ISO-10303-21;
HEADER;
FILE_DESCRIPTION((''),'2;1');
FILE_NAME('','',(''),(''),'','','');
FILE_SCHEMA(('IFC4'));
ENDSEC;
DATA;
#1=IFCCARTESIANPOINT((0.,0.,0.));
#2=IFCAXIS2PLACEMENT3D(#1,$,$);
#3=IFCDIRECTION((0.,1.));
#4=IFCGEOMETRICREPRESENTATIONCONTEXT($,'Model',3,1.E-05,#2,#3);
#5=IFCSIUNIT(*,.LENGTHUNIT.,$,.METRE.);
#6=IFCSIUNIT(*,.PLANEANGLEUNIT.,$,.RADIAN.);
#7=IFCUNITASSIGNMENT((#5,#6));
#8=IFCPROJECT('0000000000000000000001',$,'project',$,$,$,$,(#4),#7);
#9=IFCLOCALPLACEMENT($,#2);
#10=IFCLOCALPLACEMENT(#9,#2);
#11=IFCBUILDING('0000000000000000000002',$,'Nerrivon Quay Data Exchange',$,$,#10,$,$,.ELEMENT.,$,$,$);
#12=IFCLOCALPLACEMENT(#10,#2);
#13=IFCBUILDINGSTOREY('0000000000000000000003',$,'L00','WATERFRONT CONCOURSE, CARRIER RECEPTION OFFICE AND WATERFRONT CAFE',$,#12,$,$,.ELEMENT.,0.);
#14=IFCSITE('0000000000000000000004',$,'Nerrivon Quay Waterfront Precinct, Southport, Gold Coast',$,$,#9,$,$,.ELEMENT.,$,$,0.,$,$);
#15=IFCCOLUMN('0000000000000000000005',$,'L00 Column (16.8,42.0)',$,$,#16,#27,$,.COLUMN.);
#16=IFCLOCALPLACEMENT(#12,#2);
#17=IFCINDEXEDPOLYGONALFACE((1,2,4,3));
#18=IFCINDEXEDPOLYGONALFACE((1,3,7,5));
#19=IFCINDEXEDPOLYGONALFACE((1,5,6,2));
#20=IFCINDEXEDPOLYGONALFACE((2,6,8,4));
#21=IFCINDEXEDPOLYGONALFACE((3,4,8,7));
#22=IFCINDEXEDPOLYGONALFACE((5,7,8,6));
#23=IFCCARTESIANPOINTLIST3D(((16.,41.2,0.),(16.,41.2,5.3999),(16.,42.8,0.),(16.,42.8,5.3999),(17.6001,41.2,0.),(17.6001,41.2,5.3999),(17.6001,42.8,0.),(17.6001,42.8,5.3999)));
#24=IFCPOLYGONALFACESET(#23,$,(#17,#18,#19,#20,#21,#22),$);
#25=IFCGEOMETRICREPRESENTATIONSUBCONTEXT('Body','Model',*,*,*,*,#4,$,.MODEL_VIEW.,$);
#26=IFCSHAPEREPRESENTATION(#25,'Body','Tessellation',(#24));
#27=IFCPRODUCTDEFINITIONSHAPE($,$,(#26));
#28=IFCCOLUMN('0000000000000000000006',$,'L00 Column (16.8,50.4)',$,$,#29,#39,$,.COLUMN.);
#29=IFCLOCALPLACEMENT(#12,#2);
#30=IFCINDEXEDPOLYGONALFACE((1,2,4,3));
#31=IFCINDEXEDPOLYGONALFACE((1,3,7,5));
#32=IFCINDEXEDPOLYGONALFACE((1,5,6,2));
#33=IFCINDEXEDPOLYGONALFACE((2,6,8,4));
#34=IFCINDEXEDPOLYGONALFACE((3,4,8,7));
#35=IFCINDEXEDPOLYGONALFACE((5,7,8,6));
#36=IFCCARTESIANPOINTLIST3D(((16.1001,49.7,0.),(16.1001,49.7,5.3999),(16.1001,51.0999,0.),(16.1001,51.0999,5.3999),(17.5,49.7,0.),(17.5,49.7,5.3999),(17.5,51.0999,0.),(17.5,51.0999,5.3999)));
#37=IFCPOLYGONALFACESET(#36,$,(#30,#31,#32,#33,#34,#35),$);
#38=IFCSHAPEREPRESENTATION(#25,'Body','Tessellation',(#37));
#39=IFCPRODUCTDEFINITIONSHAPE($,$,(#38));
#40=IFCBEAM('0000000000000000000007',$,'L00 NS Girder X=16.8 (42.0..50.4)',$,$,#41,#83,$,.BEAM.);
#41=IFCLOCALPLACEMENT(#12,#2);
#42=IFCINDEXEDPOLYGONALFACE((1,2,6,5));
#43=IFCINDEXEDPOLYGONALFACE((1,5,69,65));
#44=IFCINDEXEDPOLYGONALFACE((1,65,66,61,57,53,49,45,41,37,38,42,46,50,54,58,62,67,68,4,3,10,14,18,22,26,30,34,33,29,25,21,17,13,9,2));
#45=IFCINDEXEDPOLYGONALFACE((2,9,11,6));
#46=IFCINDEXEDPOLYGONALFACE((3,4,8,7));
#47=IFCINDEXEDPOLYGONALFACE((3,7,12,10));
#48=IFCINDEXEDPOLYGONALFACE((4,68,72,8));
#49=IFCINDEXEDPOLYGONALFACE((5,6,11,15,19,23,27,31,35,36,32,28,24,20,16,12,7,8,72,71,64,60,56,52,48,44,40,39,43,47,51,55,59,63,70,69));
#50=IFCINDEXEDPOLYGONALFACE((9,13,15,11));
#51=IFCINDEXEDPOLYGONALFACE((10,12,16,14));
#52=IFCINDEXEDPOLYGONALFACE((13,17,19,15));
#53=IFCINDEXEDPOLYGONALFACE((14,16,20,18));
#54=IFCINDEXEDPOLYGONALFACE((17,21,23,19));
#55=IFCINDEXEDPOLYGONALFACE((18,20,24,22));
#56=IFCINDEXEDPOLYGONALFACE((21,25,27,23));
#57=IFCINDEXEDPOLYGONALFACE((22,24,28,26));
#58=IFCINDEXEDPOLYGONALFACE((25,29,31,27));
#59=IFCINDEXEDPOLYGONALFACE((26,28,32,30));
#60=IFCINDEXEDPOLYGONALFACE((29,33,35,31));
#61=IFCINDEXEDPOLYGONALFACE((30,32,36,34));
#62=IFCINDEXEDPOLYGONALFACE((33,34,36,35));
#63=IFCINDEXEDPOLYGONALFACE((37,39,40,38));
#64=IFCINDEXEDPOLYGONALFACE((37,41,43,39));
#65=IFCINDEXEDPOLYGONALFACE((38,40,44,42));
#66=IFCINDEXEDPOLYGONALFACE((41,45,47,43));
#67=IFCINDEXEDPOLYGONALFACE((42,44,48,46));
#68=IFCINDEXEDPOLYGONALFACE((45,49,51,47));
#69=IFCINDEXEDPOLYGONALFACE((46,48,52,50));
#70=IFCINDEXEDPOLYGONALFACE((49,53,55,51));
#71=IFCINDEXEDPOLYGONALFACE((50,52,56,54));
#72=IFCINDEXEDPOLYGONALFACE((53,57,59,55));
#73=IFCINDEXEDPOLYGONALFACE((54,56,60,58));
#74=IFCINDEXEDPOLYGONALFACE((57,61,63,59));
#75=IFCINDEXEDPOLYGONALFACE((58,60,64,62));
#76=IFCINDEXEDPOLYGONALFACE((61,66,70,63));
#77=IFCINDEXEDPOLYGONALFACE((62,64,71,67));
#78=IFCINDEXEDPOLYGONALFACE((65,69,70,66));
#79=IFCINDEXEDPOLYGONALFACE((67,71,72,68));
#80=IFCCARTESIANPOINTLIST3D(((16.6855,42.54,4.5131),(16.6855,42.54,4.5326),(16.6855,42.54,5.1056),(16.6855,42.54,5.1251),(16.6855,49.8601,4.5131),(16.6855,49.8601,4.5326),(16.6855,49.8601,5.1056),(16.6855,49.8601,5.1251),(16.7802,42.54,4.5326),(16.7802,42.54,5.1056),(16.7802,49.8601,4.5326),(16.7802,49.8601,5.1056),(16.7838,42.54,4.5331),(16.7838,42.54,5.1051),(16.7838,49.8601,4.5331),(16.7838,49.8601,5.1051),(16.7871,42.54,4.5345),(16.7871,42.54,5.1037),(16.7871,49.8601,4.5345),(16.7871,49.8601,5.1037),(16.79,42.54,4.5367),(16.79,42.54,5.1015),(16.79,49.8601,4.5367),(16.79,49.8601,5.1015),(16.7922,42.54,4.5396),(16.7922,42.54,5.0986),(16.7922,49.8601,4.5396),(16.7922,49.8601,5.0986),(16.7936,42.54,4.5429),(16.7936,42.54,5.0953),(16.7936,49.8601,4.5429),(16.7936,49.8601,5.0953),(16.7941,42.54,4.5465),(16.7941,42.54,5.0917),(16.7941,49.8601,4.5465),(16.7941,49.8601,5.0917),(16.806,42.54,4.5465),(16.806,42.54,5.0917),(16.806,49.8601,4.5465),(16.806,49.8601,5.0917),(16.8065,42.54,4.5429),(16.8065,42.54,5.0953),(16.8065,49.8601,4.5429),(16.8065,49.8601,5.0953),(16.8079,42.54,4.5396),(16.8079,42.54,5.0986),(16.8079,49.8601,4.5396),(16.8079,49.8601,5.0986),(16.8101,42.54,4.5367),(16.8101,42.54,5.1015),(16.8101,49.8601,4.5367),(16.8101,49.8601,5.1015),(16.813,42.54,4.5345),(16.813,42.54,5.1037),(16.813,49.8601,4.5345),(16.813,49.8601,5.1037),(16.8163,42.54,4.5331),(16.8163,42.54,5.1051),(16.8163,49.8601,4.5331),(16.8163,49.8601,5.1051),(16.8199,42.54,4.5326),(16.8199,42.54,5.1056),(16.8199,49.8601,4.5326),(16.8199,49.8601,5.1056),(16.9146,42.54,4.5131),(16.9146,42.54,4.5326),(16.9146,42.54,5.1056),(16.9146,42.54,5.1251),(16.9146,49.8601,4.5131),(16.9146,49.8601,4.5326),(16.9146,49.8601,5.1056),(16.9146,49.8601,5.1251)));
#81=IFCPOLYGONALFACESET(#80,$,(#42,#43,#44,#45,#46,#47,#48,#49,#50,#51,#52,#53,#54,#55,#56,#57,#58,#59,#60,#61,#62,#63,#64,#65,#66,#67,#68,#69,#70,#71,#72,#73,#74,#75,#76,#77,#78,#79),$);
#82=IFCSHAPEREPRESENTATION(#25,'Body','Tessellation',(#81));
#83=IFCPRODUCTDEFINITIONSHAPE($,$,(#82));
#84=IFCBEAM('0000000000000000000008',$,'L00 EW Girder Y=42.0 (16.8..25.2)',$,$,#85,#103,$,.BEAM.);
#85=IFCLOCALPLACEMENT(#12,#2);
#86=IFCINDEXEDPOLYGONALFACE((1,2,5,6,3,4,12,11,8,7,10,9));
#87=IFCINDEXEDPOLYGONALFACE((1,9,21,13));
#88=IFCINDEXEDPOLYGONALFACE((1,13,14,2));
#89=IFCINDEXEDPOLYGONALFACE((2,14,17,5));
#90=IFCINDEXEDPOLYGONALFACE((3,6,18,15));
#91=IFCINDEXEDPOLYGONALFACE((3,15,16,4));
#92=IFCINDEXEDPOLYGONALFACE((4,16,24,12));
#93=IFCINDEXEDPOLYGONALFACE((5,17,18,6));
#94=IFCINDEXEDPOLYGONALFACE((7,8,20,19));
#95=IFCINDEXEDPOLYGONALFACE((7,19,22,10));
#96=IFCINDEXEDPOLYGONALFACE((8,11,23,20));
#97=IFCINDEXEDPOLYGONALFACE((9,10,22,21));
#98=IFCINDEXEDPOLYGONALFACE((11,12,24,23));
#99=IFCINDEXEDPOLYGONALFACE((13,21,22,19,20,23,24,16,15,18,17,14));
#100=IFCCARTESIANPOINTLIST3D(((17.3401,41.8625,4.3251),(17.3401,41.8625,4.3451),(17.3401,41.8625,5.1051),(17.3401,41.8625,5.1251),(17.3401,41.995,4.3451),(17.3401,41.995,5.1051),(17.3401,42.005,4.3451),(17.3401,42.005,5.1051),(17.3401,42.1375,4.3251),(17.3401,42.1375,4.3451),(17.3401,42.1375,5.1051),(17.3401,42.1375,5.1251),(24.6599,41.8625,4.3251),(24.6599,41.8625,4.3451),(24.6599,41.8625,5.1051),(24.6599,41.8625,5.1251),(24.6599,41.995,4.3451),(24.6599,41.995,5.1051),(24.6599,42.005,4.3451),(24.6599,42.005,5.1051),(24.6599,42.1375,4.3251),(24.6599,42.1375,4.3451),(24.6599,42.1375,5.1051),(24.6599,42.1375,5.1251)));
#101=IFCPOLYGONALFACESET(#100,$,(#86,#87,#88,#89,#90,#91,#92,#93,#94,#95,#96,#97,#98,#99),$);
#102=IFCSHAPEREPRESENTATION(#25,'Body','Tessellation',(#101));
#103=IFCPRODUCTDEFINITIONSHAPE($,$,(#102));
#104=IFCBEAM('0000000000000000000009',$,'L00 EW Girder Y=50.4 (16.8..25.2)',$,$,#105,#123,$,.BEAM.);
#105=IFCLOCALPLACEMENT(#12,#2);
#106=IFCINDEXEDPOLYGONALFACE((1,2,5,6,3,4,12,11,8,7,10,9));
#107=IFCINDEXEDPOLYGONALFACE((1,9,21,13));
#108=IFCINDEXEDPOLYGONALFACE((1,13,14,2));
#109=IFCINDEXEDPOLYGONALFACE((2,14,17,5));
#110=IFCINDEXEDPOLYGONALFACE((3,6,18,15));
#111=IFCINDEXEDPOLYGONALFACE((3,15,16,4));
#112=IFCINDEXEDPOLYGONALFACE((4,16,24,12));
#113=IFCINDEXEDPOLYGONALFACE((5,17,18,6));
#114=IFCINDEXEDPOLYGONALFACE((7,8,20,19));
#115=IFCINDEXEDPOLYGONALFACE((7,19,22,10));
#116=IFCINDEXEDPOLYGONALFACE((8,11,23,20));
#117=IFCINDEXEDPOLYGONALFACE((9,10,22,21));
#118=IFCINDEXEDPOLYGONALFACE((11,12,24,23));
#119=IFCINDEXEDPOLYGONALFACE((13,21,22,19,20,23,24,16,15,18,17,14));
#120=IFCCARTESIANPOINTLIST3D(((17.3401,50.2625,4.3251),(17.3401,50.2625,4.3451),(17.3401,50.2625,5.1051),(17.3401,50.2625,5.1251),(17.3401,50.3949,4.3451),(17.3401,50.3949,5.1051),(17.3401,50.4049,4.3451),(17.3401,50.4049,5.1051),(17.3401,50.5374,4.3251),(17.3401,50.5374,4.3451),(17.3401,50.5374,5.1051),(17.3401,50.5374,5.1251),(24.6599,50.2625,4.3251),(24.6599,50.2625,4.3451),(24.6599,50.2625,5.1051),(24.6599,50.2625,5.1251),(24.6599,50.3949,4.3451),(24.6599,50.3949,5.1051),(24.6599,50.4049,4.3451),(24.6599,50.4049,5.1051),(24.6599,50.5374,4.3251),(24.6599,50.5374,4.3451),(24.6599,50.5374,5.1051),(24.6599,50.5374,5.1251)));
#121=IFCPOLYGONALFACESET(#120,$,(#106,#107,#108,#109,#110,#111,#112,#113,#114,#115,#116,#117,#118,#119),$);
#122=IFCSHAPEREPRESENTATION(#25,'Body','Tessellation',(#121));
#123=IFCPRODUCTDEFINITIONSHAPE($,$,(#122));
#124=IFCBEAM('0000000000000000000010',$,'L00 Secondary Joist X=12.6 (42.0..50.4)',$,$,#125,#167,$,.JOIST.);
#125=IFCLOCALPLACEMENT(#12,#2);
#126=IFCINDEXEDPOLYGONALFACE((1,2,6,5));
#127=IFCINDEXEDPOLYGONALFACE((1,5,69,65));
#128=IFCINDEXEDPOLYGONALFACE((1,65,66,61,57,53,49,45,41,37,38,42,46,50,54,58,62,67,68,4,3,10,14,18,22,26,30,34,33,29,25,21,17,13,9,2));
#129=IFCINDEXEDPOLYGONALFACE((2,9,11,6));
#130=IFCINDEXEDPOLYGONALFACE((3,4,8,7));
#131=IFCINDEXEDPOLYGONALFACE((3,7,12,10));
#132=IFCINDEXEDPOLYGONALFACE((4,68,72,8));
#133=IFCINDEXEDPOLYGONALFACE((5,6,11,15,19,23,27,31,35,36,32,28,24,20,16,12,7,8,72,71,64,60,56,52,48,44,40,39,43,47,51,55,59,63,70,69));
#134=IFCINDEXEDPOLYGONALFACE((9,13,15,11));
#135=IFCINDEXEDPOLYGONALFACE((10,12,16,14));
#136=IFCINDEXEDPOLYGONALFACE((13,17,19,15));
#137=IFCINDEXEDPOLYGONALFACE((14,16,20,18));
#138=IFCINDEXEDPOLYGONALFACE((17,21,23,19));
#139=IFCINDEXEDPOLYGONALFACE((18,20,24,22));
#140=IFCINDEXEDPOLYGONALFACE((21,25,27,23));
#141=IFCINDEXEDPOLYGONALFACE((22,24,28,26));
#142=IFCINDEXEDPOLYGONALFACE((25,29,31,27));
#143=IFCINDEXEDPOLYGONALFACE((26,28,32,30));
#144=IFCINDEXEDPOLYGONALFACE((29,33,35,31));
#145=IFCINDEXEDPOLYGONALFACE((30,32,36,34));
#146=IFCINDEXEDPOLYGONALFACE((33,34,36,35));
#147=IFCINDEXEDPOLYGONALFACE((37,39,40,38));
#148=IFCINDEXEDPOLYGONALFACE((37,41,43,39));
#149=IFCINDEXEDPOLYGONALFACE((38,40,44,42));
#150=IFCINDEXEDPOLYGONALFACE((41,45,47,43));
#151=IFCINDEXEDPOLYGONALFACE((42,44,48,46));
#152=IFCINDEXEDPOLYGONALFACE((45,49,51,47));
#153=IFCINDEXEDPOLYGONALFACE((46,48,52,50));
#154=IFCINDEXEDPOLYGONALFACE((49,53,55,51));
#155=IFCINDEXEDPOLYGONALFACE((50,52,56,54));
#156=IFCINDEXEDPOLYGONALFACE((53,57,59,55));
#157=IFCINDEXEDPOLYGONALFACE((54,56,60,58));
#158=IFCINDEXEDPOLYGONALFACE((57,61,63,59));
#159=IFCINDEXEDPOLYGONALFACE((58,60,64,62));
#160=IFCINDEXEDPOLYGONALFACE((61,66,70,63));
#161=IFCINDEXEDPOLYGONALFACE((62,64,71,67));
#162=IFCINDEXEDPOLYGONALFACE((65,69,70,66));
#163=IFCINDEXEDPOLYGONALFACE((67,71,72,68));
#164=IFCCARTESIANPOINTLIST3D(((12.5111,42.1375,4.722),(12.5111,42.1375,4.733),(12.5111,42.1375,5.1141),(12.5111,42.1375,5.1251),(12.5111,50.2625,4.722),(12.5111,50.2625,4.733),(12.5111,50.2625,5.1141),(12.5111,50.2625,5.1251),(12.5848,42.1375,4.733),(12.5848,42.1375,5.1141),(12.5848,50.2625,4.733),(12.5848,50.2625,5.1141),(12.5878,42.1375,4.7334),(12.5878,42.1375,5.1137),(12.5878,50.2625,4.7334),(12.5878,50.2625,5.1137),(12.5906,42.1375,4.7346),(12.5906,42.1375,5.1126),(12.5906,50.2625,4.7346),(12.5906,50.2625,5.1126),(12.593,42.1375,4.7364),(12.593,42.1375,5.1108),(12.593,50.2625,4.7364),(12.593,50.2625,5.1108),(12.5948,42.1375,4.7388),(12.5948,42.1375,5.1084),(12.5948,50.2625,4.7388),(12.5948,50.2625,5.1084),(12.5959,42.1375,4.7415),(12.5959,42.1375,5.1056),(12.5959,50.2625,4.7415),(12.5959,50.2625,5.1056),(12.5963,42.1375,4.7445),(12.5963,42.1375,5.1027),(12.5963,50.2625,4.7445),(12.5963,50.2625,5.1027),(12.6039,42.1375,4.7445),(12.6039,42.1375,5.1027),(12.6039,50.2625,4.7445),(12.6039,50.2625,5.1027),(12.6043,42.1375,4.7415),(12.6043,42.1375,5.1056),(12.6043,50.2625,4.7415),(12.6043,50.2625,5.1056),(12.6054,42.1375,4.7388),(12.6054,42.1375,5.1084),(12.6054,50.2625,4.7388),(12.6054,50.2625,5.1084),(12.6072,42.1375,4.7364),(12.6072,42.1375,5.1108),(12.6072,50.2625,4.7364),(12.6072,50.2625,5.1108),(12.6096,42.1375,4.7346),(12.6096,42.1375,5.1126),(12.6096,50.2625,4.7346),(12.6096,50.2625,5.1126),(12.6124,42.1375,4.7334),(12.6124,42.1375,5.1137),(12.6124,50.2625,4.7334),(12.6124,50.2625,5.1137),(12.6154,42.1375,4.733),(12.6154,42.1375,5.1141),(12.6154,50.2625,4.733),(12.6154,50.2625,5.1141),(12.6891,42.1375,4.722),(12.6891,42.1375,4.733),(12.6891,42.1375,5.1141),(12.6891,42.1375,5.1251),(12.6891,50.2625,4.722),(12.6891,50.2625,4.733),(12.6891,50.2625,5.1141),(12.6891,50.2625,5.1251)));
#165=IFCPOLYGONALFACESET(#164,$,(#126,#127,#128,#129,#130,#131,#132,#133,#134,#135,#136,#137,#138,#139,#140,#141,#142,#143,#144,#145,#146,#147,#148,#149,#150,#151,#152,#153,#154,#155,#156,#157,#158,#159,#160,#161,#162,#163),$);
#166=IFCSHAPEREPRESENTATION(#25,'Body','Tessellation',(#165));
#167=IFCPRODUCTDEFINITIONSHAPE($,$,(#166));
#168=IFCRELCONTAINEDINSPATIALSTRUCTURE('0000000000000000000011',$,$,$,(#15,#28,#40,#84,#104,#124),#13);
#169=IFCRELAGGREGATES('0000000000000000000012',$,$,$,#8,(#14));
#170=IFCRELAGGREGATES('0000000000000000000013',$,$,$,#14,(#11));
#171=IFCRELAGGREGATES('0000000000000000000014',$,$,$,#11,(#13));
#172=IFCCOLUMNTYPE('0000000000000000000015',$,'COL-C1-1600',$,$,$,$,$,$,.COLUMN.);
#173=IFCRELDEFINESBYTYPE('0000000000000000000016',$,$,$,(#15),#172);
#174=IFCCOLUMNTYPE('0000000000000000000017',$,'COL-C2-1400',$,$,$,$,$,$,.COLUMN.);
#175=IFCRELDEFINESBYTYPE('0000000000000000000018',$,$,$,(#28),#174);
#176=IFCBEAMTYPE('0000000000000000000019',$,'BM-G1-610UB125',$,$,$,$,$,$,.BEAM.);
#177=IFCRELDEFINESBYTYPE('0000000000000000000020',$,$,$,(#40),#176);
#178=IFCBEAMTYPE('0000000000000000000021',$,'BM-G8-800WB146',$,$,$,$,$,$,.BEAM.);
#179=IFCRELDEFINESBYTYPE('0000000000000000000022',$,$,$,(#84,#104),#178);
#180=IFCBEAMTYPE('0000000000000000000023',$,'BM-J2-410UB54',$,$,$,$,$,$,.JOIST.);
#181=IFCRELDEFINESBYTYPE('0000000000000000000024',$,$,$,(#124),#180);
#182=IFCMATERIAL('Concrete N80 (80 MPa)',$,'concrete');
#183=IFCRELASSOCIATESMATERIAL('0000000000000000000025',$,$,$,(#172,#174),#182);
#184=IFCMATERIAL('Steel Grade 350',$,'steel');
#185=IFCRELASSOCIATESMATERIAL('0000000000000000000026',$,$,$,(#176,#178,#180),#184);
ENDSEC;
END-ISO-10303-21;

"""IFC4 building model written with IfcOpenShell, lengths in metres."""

from ifc_helpers import new_model, si_unit, direction, frame, origin, origin_2d, place, context, subcontext, project, spatial, rectangle, i_section, extrude, material, material_profile, profile_set, type_object, element, save


model = new_model("IFC4")

# Units and contexts
model_context = context("Model", 3, precision=1e-05, world=origin(), true_north=direction((0.0, 1.0)))
body_context = subcontext(model_context, "Body", "Model", "MODEL_VIEW")
ifc_project = project(units=[si_unit("LENGTHUNIT", "METRE"), si_unit("PLANEANGLEUNIT", "RADIAN")], contexts=[model_context])

# Site, building, storey
site_placement = place(None, origin())
site = spatial("IfcSite", under=ifc_project, at=site_placement, Name="Nerrivon Quay Waterfront Precinct, Southport, Gold Coast", CompositionType="ELEMENT", RefElevation=0.0)
building_placement = place(site_placement, origin())
building = spatial("IfcBuilding", under=site, at=building_placement, Name="Nerrivon Quay Data Exchange", CompositionType="ELEMENT")
storey_placement = place(building_placement, origin())
storey = spatial("IfcBuildingStorey", under=building, at=storey_placement, Name="L00", Description="WATERFRONT CONCOURSE, CARRIER RECEPTION OFFICE AND WATERFRONT CAFE", CompositionType="ELEMENT", Elevation=0.0)

# Columns
ifc_material_1 = material(Name="Concrete N80 (80 MPa)", Category="concrete")
ifc_material_profile_1 = material_profile(ifc_material_1, rectangle(XDim=1.6001, YDim=1.6001, at=origin_2d()), Name="RC-COL-1600x1600")
ifc_profile_set_1 = profile_set([ifc_material_profile_1], Name="Concrete N80 (80 MPa)")
column_type_1 = type_object("IfcColumnType", Name="COL-C1-1600", PredefinedType="COLUMN", material=ifc_profile_set_1)
column_1_placement = place(storey_placement, frame((16.8, 42.0, 0.0), z_axis=(0.0, 0.0, 1.0), x_axis=(1.0, 0.0, 0.0)))
element("IfcColumn", 1, at=column_1_placement, inside=storey, type_object=column_type_1, Name="L00 Column (16.8,42.0)", PredefinedType="COLUMN", context=body_context, shape_type="SweptSolid", body=[
    extrude(rectangle(XDim=1.6001, YDim=1.6001, at=origin_2d()), origin(), (0.0, 0.0, 1.0), 5.3999),
])
ifc_material_profile_2 = material_profile(ifc_material_1, rectangle(XDim=1.3999, YDim=1.3999, at=origin_2d()), Name="RC-COL-1400x1400")
ifc_profile_set_2 = profile_set([ifc_material_profile_2], Name="Concrete N80 (80 MPa)")
column_type_2 = type_object("IfcColumnType", Name="COL-C2-1400", PredefinedType="COLUMN", material=ifc_profile_set_2)
column_2_placement = place(storey_placement, frame((16.8, 50.3999, 0.0), z_axis=(0.0, 0.0, 1.0), x_axis=(1.0, 0.0, 0.0)))
element("IfcColumn", 2, at=column_2_placement, inside=storey, type_object=column_type_2, Name="L00 Column (16.8,50.4)", PredefinedType="COLUMN", context=body_context, shape_type="SweptSolid", body=[
    extrude(rectangle(XDim=1.3999, YDim=1.3999, at=origin_2d()), origin(), (0.0, 0.0, 1.0), 5.3999),
])

# Beams
ifc_material_2 = material(Name="Steel Grade 350", Category="steel")
ifc_material_profile_3 = material_profile(ifc_material_2, i_section(OverallWidth=0.229, OverallDepth=0.6121, WebThickness=0.012, FlangeThickness=0.0195, FilletRadius=0.0139, at=origin_2d()), Name="610UB125")
ifc_profile_set_3 = profile_set([ifc_material_profile_3], Name="Steel Grade 350")
beam_type_1 = type_object("IfcBeamType", Name="BM-G1-610UB125", PredefinedType="BEAM", material=ifc_profile_set_3)
beam_placement = place(storey_placement, frame((16.8, 42.54, 4.8191), z_axis=(0.0, 1.0, 0.0), x_axis=(-1.0, 0.0, 0.0)))
element("IfcBeam", 3, at=beam_placement, inside=storey, type_object=beam_type_1, Name="L00 NS Girder X=16.8 (42.0..50.4)", PredefinedType="BEAM", context=body_context, shape_type="SweptSolid", body=[
    extrude(i_section(OverallWidth=0.229, OverallDepth=0.6121, WebThickness=0.012, FlangeThickness=0.0195, FilletRadius=0.0139, at=origin_2d()), origin(), (0.0, 0.0, 1.0), 7.3201),
])
ifc_material_profile_4 = material_profile(ifc_material_2, i_section(OverallWidth=0.2749, OverallDepth=0.8, WebThickness=0.01, FlangeThickness=0.02, at=origin_2d()), Name="800WB146")
ifc_profile_set_4 = profile_set([ifc_material_profile_4], Name="Steel Grade 350")
beam_type_2 = type_object("IfcBeamType", Name="BM-G8-800WB146", PredefinedType="BEAM", material=ifc_profile_set_4)
for number, where, z_axis, x_axis, name in (
    (4, (17.3401, 42.0, 4.7251), (1.0, 0.0, 0.0), (0.0, 1.0, 0.0), "L00 EW Girder Y=42.0 (16.8..25.2)"),
    (5, (17.3401, 50.3999, 4.7251), (1.0, 0.0, 0.0), (0.0, 1.0, 0.0), "L00 EW Girder Y=50.4 (16.8..25.2)"),
):
    element("IfcBeam", number, at=place(storey_placement, frame(where, z_axis=z_axis, x_axis=x_axis)), inside=storey, type_object=beam_type_2, Name=name, PredefinedType="BEAM", context=body_context, shape_type="SweptSolid", body=[
        extrude(i_section(OverallWidth=0.2749, OverallDepth=0.8, WebThickness=0.01, FlangeThickness=0.02, at=origin_2d()), origin(), (0.0, 0.0, 1.0), 7.3198),
    ])
ifc_material_profile_5 = material_profile(ifc_material_2, i_section(OverallWidth=0.178, OverallDepth=0.4031, WebThickness=0.0076, FlangeThickness=0.011, FilletRadius=0.0115, at=origin_2d()), Name="410UB53.7")
ifc_profile_set_5 = profile_set([ifc_material_profile_5], Name="Steel Grade 350")
beam_type_3 = type_object("IfcBeamType", Name="BM-J2-410UB54", PredefinedType="JOIST", material=ifc_profile_set_5)
for number, where, z_axis, x_axis, name in (
    (6, (12.6001, 42.1375, 4.9236), (0.0, 1.0, 0.0), (-1.0, 0.0, 0.0), "L00 Secondary Joist X=12.6 (42.0..50.4)"),
):
    element("IfcBeam", number, at=place(storey_placement, frame(where, z_axis=z_axis, x_axis=x_axis)), inside=storey, type_object=beam_type_3, Name=name, PredefinedType="JOIST", context=body_context, shape_type="SweptSolid", body=[
        extrude(i_section(OverallWidth=0.178, OverallDepth=0.4031, WebThickness=0.0076, FlangeThickness=0.011, FilletRadius=0.0115, at=origin_2d()), origin(), (0.0, 0.0, 1.0), 8.125),
    ])

save(model, "model.ifc")
